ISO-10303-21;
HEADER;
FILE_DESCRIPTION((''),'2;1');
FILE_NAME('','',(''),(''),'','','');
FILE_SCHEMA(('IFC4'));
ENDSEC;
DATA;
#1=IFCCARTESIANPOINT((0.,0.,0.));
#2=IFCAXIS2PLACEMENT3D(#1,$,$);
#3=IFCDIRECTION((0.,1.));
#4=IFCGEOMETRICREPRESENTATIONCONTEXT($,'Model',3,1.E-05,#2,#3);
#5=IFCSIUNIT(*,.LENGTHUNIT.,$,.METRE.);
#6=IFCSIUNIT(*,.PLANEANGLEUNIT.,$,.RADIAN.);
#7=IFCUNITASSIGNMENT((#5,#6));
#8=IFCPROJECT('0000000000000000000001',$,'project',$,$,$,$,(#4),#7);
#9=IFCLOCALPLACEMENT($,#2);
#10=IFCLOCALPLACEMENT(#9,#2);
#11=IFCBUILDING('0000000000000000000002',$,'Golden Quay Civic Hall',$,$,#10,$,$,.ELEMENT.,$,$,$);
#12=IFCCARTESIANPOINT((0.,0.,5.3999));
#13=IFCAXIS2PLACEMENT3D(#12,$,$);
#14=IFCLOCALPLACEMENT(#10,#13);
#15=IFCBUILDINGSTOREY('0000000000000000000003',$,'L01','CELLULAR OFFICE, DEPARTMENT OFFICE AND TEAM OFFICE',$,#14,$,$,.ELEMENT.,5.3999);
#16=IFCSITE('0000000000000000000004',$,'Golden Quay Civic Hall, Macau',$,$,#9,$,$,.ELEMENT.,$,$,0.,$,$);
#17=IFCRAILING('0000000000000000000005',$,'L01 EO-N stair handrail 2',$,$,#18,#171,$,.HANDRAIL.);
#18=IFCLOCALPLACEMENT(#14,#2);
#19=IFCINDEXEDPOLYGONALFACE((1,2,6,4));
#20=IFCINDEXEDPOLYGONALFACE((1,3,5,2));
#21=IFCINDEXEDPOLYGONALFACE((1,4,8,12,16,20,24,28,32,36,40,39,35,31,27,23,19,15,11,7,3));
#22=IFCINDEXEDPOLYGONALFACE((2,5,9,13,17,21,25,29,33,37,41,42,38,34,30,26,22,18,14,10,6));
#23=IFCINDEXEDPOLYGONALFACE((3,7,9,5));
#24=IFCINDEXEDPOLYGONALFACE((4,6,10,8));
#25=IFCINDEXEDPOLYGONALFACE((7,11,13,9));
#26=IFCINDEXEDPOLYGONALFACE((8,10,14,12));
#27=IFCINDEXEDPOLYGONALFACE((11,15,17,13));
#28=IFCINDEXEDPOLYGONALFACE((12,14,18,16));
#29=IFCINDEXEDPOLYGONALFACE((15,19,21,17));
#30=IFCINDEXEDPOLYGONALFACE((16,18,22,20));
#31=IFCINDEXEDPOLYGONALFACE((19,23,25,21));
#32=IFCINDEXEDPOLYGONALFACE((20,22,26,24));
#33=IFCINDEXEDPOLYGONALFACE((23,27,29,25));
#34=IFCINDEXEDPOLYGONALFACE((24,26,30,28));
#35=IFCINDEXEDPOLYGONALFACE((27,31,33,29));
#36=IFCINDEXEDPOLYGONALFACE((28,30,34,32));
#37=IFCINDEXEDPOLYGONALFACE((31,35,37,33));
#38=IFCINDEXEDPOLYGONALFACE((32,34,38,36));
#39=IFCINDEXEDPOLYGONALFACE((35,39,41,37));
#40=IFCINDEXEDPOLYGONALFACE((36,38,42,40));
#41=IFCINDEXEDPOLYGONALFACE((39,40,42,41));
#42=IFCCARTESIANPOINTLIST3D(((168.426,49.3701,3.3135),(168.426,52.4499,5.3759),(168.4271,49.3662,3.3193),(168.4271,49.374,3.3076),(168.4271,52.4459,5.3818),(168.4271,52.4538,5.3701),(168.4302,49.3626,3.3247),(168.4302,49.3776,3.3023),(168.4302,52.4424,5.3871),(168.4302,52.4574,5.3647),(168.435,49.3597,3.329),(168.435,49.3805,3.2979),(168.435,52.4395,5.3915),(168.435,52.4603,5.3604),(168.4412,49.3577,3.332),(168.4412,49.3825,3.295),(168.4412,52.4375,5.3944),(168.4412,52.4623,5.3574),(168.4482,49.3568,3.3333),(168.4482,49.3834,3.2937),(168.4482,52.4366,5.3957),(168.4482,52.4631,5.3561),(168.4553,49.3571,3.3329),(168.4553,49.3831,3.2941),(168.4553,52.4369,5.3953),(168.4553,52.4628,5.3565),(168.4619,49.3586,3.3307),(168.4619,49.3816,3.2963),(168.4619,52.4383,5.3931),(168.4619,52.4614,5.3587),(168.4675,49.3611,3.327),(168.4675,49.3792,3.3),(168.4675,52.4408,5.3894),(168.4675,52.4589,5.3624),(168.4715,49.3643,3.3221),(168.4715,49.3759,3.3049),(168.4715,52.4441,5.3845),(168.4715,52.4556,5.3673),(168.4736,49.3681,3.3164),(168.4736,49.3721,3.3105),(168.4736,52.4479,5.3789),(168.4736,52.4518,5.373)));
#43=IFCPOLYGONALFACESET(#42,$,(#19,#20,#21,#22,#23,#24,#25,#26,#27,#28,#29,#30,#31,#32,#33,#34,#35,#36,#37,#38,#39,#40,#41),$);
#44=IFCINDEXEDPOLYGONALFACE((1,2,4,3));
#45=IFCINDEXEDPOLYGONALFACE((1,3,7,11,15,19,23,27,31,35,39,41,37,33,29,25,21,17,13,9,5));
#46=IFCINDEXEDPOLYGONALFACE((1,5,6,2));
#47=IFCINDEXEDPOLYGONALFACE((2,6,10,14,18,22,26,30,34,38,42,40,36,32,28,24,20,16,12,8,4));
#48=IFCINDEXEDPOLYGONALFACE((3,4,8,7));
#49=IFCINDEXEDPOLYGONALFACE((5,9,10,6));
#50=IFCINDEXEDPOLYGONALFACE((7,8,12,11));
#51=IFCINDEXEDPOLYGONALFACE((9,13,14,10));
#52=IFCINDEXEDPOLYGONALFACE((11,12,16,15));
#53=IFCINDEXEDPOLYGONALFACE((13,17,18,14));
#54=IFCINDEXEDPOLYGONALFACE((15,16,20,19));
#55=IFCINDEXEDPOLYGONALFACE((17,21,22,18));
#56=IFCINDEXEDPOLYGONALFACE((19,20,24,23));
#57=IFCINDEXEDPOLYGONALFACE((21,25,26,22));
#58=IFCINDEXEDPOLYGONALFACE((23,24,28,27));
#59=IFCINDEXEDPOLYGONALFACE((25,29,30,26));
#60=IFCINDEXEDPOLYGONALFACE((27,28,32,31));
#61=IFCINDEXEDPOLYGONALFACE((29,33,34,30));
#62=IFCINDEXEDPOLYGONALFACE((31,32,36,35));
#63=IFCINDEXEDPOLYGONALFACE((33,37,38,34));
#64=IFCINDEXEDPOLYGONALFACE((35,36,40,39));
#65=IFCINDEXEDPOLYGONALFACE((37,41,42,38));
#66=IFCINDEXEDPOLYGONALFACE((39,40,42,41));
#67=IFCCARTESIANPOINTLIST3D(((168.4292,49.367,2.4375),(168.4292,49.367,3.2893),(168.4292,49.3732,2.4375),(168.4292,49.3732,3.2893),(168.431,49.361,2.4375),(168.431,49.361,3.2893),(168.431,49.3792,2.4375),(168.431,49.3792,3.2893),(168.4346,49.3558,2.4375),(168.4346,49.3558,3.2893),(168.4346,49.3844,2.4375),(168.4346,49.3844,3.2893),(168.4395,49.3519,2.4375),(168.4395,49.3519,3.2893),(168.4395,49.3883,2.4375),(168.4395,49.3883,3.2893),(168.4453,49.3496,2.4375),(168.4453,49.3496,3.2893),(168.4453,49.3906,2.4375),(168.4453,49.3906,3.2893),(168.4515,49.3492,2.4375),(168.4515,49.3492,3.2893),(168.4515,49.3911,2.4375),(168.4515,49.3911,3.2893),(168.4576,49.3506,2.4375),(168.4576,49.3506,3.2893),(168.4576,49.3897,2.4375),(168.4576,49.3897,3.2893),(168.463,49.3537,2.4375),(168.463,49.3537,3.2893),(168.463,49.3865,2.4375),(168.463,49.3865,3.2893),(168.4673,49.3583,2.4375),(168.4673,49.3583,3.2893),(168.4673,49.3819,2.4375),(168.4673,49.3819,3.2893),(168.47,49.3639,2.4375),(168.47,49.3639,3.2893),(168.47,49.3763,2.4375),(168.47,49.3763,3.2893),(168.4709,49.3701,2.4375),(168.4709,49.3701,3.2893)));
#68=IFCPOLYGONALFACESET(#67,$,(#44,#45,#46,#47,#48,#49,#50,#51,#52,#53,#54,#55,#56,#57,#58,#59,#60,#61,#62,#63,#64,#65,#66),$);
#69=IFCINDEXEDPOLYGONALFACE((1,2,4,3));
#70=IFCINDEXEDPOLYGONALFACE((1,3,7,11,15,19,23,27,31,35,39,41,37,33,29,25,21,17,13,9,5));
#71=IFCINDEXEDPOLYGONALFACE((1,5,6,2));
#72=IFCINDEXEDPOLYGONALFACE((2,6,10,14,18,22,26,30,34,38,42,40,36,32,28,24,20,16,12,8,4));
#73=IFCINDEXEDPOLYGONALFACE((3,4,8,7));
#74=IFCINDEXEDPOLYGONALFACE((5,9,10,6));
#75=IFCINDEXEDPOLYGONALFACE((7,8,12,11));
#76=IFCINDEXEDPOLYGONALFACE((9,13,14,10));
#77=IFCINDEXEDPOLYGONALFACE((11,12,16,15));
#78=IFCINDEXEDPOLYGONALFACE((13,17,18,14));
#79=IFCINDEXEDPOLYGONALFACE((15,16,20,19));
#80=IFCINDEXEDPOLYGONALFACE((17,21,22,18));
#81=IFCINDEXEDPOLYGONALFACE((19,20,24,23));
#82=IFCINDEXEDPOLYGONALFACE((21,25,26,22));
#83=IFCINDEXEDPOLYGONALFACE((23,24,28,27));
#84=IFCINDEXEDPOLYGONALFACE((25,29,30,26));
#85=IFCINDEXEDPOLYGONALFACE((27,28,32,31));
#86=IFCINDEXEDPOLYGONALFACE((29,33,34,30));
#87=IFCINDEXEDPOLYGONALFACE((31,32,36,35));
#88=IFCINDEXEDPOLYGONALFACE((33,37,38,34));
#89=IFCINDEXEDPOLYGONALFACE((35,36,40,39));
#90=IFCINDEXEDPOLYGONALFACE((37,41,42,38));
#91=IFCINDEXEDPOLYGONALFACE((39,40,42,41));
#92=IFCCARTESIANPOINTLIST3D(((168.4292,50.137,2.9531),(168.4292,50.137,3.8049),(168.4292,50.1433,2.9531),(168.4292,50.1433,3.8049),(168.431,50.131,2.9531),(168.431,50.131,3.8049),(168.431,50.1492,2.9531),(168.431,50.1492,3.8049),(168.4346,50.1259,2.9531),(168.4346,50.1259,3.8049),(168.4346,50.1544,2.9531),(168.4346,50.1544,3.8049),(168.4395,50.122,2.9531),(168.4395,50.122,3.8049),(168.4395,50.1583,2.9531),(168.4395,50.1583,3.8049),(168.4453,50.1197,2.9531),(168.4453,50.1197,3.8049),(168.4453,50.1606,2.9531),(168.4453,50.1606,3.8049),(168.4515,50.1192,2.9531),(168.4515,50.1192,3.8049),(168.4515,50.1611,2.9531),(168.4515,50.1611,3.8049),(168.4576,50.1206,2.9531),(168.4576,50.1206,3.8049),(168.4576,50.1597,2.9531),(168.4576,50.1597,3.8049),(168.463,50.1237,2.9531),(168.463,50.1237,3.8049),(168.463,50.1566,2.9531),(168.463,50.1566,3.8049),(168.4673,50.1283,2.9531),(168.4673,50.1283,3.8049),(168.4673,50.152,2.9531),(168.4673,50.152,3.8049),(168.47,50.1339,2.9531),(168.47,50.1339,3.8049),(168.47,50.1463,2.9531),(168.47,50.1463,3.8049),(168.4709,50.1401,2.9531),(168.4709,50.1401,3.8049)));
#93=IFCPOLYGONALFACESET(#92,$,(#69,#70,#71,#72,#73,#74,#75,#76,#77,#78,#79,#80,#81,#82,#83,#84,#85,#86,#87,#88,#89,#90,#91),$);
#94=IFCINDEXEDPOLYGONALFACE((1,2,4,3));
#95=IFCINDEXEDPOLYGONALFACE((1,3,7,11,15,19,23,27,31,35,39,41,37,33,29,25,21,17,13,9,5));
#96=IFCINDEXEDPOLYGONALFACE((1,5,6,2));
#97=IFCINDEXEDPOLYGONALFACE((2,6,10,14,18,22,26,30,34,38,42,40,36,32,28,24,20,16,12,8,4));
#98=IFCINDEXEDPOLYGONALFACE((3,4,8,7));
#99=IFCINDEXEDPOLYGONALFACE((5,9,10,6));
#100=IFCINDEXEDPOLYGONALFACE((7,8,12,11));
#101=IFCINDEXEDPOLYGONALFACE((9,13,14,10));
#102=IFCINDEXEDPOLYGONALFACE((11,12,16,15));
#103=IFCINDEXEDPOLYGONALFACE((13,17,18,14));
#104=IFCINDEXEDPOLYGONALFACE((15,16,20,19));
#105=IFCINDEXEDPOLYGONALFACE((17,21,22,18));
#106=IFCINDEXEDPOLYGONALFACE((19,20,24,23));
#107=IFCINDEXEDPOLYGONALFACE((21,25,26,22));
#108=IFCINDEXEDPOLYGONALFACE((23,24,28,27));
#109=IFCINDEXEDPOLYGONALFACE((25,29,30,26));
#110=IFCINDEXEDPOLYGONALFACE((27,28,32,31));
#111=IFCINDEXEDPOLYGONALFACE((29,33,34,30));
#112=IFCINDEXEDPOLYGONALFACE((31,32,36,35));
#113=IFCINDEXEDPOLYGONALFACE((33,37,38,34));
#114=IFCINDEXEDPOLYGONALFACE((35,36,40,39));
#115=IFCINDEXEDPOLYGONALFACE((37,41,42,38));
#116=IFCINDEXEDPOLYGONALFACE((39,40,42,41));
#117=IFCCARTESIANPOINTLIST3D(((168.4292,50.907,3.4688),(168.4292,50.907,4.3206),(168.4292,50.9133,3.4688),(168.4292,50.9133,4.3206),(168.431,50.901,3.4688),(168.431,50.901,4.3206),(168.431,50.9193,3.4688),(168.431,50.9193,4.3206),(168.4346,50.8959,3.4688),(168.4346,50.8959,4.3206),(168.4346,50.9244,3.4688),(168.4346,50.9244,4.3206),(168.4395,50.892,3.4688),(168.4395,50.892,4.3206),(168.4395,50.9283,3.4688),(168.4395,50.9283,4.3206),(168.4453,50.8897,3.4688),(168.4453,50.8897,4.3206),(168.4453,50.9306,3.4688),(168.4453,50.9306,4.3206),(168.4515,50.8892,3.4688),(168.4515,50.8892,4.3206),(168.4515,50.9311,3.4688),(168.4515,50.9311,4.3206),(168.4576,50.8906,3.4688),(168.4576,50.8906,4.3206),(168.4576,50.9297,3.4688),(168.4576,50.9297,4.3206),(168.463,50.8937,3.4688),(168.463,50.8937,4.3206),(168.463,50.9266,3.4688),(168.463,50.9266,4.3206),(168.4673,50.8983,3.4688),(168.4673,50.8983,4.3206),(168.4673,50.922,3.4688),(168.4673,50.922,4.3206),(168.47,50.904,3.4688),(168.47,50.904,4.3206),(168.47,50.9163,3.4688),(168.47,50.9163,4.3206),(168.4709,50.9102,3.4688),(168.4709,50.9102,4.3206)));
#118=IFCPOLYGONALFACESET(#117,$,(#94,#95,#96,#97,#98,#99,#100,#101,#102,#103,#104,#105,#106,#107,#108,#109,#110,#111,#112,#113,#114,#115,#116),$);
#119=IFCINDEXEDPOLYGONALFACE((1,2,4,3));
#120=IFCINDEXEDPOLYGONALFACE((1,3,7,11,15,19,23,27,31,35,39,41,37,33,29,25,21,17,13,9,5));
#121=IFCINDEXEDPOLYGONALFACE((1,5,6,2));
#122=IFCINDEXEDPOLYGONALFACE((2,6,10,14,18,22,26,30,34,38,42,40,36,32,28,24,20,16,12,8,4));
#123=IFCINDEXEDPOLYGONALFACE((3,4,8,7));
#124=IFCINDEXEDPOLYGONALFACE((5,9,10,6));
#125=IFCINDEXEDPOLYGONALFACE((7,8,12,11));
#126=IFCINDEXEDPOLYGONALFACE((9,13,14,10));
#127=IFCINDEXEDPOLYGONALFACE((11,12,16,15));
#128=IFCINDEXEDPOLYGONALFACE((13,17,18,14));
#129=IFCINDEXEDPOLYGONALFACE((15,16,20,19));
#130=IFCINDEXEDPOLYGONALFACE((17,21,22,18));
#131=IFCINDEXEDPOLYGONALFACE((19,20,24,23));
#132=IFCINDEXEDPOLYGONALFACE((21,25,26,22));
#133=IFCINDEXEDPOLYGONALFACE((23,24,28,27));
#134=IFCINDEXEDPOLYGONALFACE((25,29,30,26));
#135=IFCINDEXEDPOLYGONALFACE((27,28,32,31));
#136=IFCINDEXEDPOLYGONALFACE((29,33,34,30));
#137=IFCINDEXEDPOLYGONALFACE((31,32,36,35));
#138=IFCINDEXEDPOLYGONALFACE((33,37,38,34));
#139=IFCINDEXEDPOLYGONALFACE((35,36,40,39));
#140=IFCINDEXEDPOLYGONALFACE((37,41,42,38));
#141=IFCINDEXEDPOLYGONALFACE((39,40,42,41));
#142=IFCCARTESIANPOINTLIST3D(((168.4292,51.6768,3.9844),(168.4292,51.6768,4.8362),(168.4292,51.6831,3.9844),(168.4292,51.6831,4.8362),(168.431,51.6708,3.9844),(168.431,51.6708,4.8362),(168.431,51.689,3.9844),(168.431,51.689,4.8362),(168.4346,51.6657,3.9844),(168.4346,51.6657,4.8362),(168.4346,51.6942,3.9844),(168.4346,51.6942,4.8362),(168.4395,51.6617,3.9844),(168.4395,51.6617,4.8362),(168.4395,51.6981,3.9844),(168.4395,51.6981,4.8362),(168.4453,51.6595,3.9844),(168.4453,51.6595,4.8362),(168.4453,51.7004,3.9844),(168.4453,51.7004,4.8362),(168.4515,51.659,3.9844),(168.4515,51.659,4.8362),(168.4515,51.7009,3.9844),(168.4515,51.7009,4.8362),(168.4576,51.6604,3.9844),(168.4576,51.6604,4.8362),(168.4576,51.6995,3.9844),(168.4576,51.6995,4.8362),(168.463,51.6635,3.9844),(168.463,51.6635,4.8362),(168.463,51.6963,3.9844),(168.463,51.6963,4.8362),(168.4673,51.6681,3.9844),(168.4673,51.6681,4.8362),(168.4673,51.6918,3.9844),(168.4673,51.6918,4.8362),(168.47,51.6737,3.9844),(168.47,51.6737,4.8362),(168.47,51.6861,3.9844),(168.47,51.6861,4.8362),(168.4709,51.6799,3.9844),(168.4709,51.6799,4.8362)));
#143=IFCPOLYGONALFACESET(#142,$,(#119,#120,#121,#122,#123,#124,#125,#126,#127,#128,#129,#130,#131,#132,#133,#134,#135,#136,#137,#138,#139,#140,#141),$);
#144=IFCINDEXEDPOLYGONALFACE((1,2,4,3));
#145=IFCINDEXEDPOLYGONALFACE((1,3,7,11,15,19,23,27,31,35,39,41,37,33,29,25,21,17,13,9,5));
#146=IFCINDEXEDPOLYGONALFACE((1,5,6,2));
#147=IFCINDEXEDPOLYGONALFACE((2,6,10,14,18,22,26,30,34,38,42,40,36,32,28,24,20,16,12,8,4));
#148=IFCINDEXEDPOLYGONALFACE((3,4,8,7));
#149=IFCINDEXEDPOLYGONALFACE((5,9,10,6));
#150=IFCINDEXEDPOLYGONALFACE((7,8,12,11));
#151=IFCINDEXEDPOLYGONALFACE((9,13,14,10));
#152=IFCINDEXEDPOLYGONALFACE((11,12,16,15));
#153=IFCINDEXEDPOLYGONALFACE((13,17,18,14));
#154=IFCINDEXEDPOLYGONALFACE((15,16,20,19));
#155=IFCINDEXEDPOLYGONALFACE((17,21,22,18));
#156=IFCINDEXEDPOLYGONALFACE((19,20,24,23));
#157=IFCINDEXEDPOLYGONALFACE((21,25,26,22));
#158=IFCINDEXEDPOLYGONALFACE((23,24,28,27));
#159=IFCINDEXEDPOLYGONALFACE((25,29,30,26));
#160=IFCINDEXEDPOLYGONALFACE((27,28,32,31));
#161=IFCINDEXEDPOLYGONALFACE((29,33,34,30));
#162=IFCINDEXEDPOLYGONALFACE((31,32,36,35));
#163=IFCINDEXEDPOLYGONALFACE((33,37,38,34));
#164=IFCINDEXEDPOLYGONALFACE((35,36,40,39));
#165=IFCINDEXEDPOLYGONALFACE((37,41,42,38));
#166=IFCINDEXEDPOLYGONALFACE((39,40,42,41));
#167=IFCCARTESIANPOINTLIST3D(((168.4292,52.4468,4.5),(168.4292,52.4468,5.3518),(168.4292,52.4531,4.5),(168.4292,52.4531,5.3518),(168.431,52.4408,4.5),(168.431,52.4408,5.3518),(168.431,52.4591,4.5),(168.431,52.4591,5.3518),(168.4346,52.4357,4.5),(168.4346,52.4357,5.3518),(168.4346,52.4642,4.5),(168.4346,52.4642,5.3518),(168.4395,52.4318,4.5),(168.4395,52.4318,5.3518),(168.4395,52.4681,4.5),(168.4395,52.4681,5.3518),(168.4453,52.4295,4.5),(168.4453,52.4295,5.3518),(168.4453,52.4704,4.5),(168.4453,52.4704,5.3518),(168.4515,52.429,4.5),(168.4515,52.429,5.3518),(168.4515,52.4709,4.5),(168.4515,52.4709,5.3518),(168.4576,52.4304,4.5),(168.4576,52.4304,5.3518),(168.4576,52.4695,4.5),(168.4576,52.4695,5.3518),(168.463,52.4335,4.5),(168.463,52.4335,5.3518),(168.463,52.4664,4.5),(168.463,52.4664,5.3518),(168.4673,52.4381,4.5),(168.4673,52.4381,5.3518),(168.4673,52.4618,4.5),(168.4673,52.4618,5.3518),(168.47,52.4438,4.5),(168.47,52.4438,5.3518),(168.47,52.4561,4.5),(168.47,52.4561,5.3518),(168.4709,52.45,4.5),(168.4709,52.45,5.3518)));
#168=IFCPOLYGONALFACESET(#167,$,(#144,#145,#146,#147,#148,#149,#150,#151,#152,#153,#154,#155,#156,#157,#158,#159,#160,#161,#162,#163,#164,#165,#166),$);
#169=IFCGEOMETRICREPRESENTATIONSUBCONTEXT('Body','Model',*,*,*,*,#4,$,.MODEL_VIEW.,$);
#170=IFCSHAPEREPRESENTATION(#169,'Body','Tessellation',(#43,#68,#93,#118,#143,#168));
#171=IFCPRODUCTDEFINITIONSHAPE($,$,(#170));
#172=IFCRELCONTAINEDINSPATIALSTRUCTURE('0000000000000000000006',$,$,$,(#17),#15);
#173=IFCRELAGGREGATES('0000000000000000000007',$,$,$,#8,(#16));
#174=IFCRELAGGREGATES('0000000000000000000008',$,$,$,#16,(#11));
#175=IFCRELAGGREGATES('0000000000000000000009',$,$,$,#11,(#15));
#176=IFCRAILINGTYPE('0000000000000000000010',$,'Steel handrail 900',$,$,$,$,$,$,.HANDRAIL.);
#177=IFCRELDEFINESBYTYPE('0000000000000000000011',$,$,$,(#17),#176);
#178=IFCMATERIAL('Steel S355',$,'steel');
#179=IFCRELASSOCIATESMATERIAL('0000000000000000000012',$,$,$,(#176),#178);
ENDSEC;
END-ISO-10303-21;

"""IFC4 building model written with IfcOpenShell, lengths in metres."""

from ifc_helpers import new_model, si_unit, direction, frame, origin, origin_2d, place, context, subcontext, project, spatial, circle, extrude, material, type_object, element, save


model = new_model("IFC4")

# Units and contexts
model_context = context("Model", 3, precision=1e-05, world=origin(), true_north=direction((0.0, 1.0)))
body_context = subcontext(model_context, "Body", "Model", "MODEL_VIEW")
ifc_project = project(units=[si_unit("LENGTHUNIT", "METRE"), si_unit("PLANEANGLEUNIT", "RADIAN")], contexts=[model_context])

# Site, building, storey
site_placement = place(None, origin())
site = spatial("IfcSite", under=ifc_project, at=site_placement, Name="Golden Quay Civic Hall, Macau", CompositionType="ELEMENT", RefElevation=0.0)
building_placement = place(site_placement, origin())
building = spatial("IfcBuilding", under=site, at=building_placement, Name="Golden Quay Civic Hall", CompositionType="ELEMENT")
storey_placement = place(building_placement, frame((0.0, 0.0, 5.3999)))
storey = spatial("IfcBuildingStorey", under=building, at=storey_placement, Name="L01", Description="CELLULAR OFFICE, DEPARTMENT OFFICE AND TEAM OFFICE", CompositionType="ELEMENT", Elevation=5.3999)

# Railing
ifc_material_1 = material(Name="Steel S355", Category="steel")
railing_type_1 = type_object("IfcRailingType", Name="Steel handrail 900", PredefinedType="HANDRAIL", material=ifc_material_1)
railing_1_placement = place(storey_placement, frame((168.45, 49.3701, 2.4375)))
element("IfcRailing", 1, at=railing_1_placement, inside=storey, type_object=railing_type_1, Name="L01 EO-N stair handrail 2", PredefinedType="HANDRAIL", context=body_context, shape_type="SweptSolid", body=[
    extrude(circle(Radius=0.0239, at=origin_2d()), frame((0.0, 0.0, 0.876), z_axis=(0.0, 0.830893, 0.556432), x_axis=(-1.0, 0.0, 0.0)), (0.0, 0.0, 1.0), 3.7065),
    extrude(circle(Radius=0.021, at=origin_2d()), origin(), (0.0, 0.0, 1.0), 0.8518),
    extrude(circle(Radius=0.021, at=origin_2d()), frame((0.0, 0.77, 0.5156)), (0.0, 0.0, 1.0), 0.8518),
    extrude(circle(Radius=0.021, at=origin_2d()), frame((0.0, 1.54, 1.0312)), (0.0, 0.0, 1.0), 0.8518),
    extrude(circle(Radius=0.021, at=origin_2d()), frame((0.0, 2.3098, 1.5469)), (0.0, 0.0, 1.0), 0.8518),
    extrude(circle(Radius=0.021, at=origin_2d()), frame((0.0, 3.0798, 2.0625)), (0.0, 0.0, 1.0), 0.8518),
])

save(model, "model.ifc")
